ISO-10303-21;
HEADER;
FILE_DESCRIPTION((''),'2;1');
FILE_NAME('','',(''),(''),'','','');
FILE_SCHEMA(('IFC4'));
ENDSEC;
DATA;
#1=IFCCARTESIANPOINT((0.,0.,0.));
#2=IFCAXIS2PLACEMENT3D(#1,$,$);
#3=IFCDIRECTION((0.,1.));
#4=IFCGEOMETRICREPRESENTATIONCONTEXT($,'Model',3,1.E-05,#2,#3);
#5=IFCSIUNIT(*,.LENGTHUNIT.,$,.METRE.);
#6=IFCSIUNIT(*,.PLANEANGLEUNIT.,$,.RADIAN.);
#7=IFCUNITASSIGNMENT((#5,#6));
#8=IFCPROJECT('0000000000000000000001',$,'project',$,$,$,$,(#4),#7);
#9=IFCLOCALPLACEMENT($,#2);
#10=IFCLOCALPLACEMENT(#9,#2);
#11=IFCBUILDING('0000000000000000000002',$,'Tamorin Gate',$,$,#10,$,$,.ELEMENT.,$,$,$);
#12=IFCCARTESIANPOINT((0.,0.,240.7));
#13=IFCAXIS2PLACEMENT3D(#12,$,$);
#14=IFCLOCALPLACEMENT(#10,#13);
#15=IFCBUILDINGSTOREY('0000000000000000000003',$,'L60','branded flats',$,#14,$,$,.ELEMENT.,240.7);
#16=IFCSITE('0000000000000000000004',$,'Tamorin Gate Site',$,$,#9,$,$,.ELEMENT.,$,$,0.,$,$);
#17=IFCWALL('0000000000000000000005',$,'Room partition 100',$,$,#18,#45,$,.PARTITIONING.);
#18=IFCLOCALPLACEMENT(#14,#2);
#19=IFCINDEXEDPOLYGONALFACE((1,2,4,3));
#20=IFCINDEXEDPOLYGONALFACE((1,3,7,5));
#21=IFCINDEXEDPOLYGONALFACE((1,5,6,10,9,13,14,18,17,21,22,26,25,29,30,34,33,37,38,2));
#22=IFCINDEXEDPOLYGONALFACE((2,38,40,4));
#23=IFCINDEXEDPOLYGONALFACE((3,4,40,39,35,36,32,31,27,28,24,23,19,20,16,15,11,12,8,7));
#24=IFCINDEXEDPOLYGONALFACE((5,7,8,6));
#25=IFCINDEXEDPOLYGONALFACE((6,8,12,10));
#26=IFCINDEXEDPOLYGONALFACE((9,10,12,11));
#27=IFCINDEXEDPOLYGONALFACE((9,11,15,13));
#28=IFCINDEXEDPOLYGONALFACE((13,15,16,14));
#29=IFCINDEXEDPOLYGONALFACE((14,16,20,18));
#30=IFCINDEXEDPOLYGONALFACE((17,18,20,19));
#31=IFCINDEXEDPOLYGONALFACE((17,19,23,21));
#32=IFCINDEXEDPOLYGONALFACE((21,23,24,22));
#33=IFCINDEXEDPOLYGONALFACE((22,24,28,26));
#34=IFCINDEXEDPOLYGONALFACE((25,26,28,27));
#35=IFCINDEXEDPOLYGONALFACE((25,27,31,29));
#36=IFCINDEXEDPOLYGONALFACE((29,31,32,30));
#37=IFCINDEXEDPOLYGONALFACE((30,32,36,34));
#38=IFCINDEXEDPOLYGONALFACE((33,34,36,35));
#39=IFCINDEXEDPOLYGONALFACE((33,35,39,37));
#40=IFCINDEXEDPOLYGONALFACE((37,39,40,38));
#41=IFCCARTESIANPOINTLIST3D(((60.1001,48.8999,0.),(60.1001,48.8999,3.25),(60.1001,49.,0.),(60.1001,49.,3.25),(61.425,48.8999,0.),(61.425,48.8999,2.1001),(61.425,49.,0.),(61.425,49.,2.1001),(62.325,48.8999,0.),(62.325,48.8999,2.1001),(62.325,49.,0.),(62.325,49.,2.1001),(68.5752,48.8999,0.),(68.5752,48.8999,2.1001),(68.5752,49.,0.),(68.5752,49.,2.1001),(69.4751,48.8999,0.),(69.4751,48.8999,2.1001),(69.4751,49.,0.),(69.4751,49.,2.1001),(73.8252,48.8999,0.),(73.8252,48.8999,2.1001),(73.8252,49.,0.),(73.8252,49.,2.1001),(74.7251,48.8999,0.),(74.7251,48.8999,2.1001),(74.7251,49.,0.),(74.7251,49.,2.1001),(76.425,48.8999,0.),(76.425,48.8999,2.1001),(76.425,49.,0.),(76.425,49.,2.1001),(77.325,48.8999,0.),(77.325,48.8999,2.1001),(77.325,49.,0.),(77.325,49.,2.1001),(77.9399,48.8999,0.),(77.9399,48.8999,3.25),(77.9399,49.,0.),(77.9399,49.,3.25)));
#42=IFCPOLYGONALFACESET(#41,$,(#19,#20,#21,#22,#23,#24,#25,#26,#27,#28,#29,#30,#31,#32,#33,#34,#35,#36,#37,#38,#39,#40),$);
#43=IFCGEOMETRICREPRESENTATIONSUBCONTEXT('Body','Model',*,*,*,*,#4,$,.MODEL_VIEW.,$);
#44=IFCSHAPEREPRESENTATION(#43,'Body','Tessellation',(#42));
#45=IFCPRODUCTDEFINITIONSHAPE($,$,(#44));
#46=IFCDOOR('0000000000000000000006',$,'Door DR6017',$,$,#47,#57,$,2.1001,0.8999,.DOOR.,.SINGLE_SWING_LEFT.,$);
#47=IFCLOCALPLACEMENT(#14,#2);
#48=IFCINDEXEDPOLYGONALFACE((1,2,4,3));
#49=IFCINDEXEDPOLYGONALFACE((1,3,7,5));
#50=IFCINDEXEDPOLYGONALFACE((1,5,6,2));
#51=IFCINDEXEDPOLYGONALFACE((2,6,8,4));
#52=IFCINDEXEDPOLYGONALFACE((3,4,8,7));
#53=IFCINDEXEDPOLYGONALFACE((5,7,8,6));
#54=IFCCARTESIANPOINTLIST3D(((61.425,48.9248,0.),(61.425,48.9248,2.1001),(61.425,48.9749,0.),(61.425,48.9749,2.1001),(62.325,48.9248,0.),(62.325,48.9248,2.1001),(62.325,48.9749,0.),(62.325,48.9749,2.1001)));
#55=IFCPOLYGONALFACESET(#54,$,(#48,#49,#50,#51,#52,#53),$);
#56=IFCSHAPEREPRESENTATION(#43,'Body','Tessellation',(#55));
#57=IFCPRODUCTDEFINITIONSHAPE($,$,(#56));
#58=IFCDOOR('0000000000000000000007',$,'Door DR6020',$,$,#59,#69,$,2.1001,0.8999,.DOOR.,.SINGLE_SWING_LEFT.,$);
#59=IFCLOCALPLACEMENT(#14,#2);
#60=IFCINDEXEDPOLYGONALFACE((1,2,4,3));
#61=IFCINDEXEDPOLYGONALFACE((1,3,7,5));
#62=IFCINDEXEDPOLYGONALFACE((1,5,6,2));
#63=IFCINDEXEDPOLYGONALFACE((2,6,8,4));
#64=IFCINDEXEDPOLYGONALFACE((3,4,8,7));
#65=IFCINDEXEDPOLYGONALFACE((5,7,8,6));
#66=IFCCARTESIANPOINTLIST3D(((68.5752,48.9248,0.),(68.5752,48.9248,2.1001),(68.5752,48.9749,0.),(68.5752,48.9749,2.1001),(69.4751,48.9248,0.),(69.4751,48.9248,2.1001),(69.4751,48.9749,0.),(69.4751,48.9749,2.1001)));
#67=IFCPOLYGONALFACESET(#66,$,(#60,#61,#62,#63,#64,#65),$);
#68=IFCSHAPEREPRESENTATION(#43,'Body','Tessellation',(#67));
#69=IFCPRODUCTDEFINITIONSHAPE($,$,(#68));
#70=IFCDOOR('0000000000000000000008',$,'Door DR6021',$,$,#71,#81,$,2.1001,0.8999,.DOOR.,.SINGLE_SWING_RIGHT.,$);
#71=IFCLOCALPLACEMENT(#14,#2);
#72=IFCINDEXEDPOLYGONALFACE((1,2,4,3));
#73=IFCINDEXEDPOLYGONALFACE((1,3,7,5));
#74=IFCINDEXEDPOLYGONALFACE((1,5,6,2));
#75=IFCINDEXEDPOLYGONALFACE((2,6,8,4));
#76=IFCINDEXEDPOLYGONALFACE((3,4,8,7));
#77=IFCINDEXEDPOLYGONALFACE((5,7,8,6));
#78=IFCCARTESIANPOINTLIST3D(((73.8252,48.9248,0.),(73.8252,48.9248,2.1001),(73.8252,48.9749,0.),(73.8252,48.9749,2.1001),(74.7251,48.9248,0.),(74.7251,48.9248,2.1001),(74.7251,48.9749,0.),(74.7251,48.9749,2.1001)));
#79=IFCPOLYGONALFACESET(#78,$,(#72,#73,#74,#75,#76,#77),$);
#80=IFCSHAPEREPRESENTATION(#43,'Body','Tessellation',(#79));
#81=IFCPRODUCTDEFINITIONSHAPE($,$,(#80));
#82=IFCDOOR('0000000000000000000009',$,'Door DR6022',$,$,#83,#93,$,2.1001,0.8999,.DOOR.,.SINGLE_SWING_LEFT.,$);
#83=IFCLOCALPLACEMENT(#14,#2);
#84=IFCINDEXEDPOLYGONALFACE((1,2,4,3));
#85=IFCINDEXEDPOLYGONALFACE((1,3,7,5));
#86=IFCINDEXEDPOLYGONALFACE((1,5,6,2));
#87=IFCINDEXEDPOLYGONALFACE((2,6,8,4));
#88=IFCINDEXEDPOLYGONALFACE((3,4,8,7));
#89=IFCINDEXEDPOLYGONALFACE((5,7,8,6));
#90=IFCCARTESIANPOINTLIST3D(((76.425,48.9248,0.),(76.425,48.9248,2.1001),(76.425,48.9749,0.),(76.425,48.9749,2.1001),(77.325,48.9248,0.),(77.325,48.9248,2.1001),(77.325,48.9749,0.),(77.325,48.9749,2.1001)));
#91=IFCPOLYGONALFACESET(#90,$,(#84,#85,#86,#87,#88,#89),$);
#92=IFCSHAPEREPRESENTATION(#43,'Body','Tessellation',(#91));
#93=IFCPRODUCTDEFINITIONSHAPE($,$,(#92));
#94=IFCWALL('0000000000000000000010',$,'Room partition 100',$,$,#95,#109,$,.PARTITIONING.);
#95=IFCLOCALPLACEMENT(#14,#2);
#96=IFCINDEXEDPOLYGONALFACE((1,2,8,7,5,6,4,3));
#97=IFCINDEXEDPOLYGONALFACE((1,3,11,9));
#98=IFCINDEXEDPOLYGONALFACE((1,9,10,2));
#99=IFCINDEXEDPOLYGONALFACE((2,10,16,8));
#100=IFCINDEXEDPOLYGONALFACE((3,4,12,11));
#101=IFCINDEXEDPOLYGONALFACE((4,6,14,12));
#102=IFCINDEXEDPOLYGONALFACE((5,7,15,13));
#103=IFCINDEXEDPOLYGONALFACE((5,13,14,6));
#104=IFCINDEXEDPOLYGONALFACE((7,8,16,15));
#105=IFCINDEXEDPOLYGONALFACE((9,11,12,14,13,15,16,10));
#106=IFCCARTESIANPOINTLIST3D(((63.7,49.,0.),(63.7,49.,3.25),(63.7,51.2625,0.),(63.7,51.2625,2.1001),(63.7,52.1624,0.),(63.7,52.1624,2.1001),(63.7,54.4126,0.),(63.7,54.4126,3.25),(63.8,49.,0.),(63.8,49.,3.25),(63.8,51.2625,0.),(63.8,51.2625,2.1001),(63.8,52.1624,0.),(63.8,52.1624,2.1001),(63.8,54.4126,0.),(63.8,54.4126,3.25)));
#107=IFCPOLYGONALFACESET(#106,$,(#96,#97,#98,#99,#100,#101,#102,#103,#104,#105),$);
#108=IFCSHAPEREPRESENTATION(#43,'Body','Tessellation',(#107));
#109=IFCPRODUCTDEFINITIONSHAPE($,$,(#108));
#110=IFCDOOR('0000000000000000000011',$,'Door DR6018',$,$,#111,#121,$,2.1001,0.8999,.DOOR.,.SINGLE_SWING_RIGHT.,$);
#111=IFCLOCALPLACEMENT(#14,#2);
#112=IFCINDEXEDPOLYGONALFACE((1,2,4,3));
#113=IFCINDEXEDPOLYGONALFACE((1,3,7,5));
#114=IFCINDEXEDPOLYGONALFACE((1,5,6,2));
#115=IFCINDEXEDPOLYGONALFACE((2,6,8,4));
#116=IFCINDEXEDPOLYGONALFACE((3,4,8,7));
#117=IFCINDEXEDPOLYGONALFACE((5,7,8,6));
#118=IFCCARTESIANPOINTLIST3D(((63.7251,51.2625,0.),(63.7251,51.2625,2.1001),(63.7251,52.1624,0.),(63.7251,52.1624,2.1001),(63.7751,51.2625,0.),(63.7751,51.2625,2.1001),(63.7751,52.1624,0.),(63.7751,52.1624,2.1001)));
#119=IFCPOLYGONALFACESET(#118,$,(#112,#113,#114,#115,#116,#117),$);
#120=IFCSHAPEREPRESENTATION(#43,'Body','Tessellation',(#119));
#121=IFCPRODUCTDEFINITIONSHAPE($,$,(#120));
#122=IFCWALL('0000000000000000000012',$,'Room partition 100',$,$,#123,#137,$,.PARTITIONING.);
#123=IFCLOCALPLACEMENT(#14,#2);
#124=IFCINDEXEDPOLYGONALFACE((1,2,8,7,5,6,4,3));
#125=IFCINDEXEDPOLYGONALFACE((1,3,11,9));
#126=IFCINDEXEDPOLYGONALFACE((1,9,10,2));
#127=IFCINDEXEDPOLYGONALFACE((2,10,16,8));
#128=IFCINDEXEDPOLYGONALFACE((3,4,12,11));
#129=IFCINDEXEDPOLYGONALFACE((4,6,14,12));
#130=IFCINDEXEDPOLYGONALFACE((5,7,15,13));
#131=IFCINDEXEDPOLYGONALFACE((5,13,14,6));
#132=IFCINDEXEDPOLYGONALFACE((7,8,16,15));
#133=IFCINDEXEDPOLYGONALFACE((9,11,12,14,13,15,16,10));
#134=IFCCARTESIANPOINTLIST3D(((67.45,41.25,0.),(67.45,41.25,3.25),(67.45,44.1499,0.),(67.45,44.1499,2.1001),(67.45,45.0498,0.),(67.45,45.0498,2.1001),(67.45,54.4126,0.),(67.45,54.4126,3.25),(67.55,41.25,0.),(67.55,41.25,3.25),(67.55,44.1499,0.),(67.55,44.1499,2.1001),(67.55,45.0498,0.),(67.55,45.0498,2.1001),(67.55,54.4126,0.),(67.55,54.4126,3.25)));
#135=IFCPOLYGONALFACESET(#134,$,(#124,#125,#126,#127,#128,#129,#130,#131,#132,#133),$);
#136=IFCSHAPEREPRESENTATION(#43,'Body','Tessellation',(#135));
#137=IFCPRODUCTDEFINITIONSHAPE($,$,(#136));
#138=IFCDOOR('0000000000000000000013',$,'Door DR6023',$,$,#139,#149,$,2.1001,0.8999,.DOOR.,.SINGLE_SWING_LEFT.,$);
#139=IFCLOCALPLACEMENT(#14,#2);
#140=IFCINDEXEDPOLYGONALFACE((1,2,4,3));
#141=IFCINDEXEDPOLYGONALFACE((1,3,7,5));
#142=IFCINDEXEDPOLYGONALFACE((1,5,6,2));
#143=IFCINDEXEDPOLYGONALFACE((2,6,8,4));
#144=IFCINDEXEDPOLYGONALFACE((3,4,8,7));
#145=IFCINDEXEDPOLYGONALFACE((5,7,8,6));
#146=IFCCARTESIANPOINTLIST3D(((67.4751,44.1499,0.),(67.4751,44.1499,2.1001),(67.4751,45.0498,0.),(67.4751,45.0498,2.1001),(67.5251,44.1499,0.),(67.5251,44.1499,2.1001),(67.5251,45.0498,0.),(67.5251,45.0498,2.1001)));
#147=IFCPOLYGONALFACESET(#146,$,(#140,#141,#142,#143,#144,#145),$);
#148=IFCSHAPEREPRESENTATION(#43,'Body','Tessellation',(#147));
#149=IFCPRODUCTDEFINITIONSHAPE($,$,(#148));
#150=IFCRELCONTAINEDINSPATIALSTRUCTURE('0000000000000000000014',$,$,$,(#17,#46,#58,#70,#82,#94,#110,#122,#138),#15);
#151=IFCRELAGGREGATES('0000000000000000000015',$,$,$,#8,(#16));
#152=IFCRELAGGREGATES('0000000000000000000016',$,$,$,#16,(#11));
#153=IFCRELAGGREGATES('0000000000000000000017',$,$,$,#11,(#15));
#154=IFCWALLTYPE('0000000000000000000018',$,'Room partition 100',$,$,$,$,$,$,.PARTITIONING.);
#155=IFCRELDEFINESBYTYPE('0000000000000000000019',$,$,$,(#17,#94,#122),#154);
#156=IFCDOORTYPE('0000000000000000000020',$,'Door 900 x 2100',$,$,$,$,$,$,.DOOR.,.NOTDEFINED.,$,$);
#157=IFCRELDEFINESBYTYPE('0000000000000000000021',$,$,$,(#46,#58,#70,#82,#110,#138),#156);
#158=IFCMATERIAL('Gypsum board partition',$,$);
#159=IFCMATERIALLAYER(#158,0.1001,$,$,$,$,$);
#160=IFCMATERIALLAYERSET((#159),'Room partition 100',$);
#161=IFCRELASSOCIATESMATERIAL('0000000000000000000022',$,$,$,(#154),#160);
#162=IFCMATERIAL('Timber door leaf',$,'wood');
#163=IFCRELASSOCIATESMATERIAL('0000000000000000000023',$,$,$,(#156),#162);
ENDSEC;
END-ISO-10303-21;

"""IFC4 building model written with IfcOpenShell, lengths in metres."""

from ifc_helpers import new_model, si_unit, direction, frame, frame_2d, origin, place, context, subcontext, project, spatial, rectangle, extrude, material, layer, layer_set, type_object, element, fill, save


model = new_model("IFC4")

# Units and contexts
model_context = context("Model", 3, precision=1e-05, world=origin(), true_north=direction((0.0, 1.0)))
body_context = subcontext(model_context, "Body", "Model", "MODEL_VIEW")
ifc_project = project(units=[si_unit("LENGTHUNIT", "METRE"), si_unit("PLANEANGLEUNIT", "RADIAN")], contexts=[model_context])

# Site, building, storey
site_placement = place(None, origin())
site = spatial("IfcSite", under=ifc_project, at=site_placement, Name="Tamorin Gate Site", CompositionType="ELEMENT", RefElevation=0.0)
building_placement = place(site_placement, origin())
building = spatial("IfcBuilding", under=site, at=building_placement, Name="Tamorin Gate", CompositionType="ELEMENT")
storey_placement = place(building_placement, frame((0.0, 0.0, 240.7)))
storey = spatial("IfcBuildingStorey", under=building, at=storey_placement, Name="L60", Description="branded flats", CompositionType="ELEMENT", Elevation=240.7)

# Wall, openings, doors
ifc_material_1 = material(Name="Gypsum board partition")
ifc_layer_1 = layer(ifc_material_1, 0.1001)
ifc_layer_set_1 = layer_set([ifc_layer_1], Name="Room partition 100")
wall_type_1 = type_object("IfcWallType", Name="Room partition 100", PredefinedType="PARTITIONING", material=ifc_layer_set_1)
wall_1_placement = place(storey_placement, frame((60.1001, 48.95, 0.0), z_axis=(0.0, 0.0, 1.0), x_axis=(1.0, 0.0, 0.0)))
wall_1 = element("IfcWall", 1, at=wall_1_placement, inside=storey, type_object=wall_type_1, Name="Room partition 100", PredefinedType="PARTITIONING", context=body_context, shape_type="SweptSolid", body=[
    extrude(rectangle(XDim=17.8398, YDim=0.1001, at=frame_2d((8.9199, 0.0))), origin(), (0.0, 0.0, 1.0), 3.25),
])
opening_1_placement = place(wall_1_placement, frame((1.325, 0.0, 0.0)))
opening_1 = element("IfcOpeningElement", 2, at=opening_1_placement, cuts=wall_1, PredefinedType="OPENING", context=body_context, shape_type="SweptSolid", body=[
    extrude(rectangle(XDim=0.8999, YDim=2.1001, at=frame_2d((0.45, 1.05))), frame((0.0, 0.0601, 0.0), z_axis=(0.0, -1.0, 0.0), x_axis=(1.0, 0.0, 0.0)), (0.0, 0.0, 1.0), 0.1201),
])
opening_2_placement = place(wall_1_placement, frame((8.4751, 0.0, 0.0)))
opening_2 = element("IfcOpeningElement", 3, at=opening_2_placement, cuts=wall_1, PredefinedType="OPENING", context=body_context, shape_type="SweptSolid", body=[
    extrude(rectangle(XDim=0.8999, YDim=2.1001, at=frame_2d((0.45, 1.05))), frame((0.0, 0.0601, 0.0), z_axis=(0.0, -1.0, 0.0), x_axis=(1.0, 0.0, 0.0)), (0.0, 0.0, 1.0), 0.1201),
])
opening_3_placement = place(wall_1_placement, frame((13.7251, 0.0, 0.0)))
opening_3 = element("IfcOpeningElement", 4, at=opening_3_placement, cuts=wall_1, PredefinedType="OPENING", context=body_context, shape_type="SweptSolid", body=[
    extrude(rectangle(XDim=0.8999, YDim=2.1001, at=frame_2d((0.45, 1.05))), frame((0.0, 0.0601, 0.0), z_axis=(0.0, -1.0, 0.0), x_axis=(1.0, 0.0, 0.0)), (0.0, 0.0, 1.0), 0.1201),
])
opening_4_placement = place(wall_1_placement, frame((16.325, 0.0, 0.0)))
opening_4 = element("IfcOpeningElement", 5, at=opening_4_placement, cuts=wall_1, PredefinedType="OPENING", context=body_context, shape_type="SweptSolid", body=[
    extrude(rectangle(XDim=0.8999, YDim=2.1001, at=frame_2d((0.45, 1.05))), frame((0.0, 0.0601, 0.0), z_axis=(0.0, -1.0, 0.0), x_axis=(1.0, 0.0, 0.0)), (0.0, 0.0, 1.0), 0.1201),
])
ifc_material_2 = material(Name="Timber door leaf", Category="wood")
door_type = type_object("IfcDoorType", Name="Door 900 x 2100", OperationType="NOTDEFINED", PredefinedType="DOOR", material=ifc_material_2)
door_1_placement = place(opening_1_placement, origin())
door_1 = element("IfcDoor", 6, at=door_1_placement, inside=storey, type_object=door_type, Name="Door DR6017", OperationType="SINGLE_SWING_LEFT", OverallHeight=2.1001, OverallWidth=0.8999, PredefinedType="DOOR", context=body_context, shape_type="SweptSolid", body=[
    extrude(rectangle(XDim=0.8999, YDim=2.1001, at=frame_2d((0.45, 1.05))), frame((0.0, 0.0249, 0.0), z_axis=(0.0, -1.0, 0.0), x_axis=(1.0, 0.0, 0.0)), (0.0, 0.0, 1.0), 0.05),
])
fill(opening_1, door_1)
door_2_placement = place(opening_2_placement, origin())
door_2 = element("IfcDoor", 7, at=door_2_placement, inside=storey, type_object=door_type, Name="Door DR6020", OperationType="SINGLE_SWING_LEFT", OverallHeight=2.1001, OverallWidth=0.8999, PredefinedType="DOOR", context=body_context, shape_type="SweptSolid", body=[
    extrude(rectangle(XDim=0.8999, YDim=2.1001, at=frame_2d((0.45, 1.05))), frame((0.0, 0.0249, 0.0), z_axis=(0.0, -1.0, 0.0), x_axis=(1.0, 0.0, 0.0)), (0.0, 0.0, 1.0), 0.05),
])
fill(opening_2, door_2)
door_3_placement = place(opening_3_placement, origin())
door_3 = element("IfcDoor", 8, at=door_3_placement, inside=storey, type_object=door_type, Name="Door DR6021", OperationType="SINGLE_SWING_RIGHT", OverallHeight=2.1001, OverallWidth=0.8999, PredefinedType="DOOR", context=body_context, shape_type="SweptSolid", body=[
    extrude(rectangle(XDim=0.8999, YDim=2.1001, at=frame_2d((0.45, 1.05))), frame((0.0, 0.0249, 0.0), z_axis=(0.0, -1.0, 0.0), x_axis=(1.0, 0.0, 0.0)), (0.0, 0.0, 1.0), 0.05),
])
fill(opening_3, door_3)
door_4_placement = place(opening_4_placement, origin())
door_4 = element("IfcDoor", 9, at=door_4_placement, inside=storey, type_object=door_type, Name="Door DR6022", OperationType="SINGLE_SWING_LEFT", OverallHeight=2.1001, OverallWidth=0.8999, PredefinedType="DOOR", context=body_context, shape_type="SweptSolid", body=[
    extrude(rectangle(XDim=0.8999, YDim=2.1001, at=frame_2d((0.45, 1.05))), frame((0.0, 0.0249, 0.0), z_axis=(0.0, -1.0, 0.0), x_axis=(1.0, 0.0, 0.0)), (0.0, 0.0, 1.0), 0.05),
])
fill(opening_4, door_4)

# Walls, openings, doors
wall_2_placement = place(storey_placement, frame((63.75, 49.0, 0.0), z_axis=(0.0, 0.0, 1.0), x_axis=(0.0, 1.0, 0.0)))
wall_2 = element("IfcWall", 10, at=wall_2_placement, inside=storey, type_object=wall_type_1, Name="Room partition 100", PredefinedType="PARTITIONING", context=body_context, shape_type="SweptSolid", body=[
    extrude(rectangle(XDim=5.4126, YDim=0.1001, at=frame_2d((2.7063, 0.0))), origin(), (0.0, 0.0, 1.0), 3.25),
])
opening_5_placement = place(wall_2_placement, frame((2.2625, 0.0, 0.0)))
opening_5 = element("IfcOpeningElement", 11, at=opening_5_placement, cuts=wall_2, PredefinedType="OPENING", context=body_context, shape_type="SweptSolid", body=[
    extrude(rectangle(XDim=0.8999, YDim=2.1001, at=frame_2d((0.45, 1.05))), frame((0.0, 0.0601, 0.0), z_axis=(0.0, -1.0, 0.0), x_axis=(1.0, 0.0, 0.0)), (0.0, 0.0, 1.0), 0.1201),
])
door_5_placement = place(opening_5_placement, origin())
door_5 = element("IfcDoor", 12, at=door_5_placement, inside=storey, type_object=door_type, Name="Door DR6018", OperationType="SINGLE_SWING_RIGHT", OverallHeight=2.1001, OverallWidth=0.8999, PredefinedType="DOOR", context=body_context, shape_type="SweptSolid", body=[
    extrude(rectangle(XDim=0.8999, YDim=2.1001, at=frame_2d((0.45, 1.05))), frame((0.0, 0.0249, 0.0), z_axis=(0.0, -1.0, 0.0), x_axis=(1.0, 0.0, 0.0)), (0.0, 0.0, 1.0), 0.05),
])
fill(opening_5, door_5)
wall_3_placement = place(storey_placement, frame((67.5, 41.25, 0.0), z_axis=(0.0, 0.0, 1.0), x_axis=(0.0, 1.0, 0.0)))
wall_3 = element("IfcWall", 13, at=wall_3_placement, inside=storey, type_object=wall_type_1, Name="Room partition 100", PredefinedType="PARTITIONING", context=body_context, shape_type="SweptSolid", body=[
    extrude(rectangle(XDim=13.1626, YDim=0.1001, at=frame_2d((6.5813, 0.0))), origin(), (0.0, 0.0, 1.0), 3.25),
])
opening_6_placement = place(wall_3_placement, frame((2.8999, 0.0, 0.0)))
opening_6 = element("IfcOpeningElement", 14, at=opening_6_placement, cuts=wall_3, PredefinedType="OPENING", context=body_context, shape_type="SweptSolid", body=[
    extrude(rectangle(XDim=0.8999, YDim=2.1001, at=frame_2d((0.45, 1.05))), frame((0.0, 0.0601, 0.0), z_axis=(0.0, -1.0, 0.0), x_axis=(1.0, 0.0, 0.0)), (0.0, 0.0, 1.0), 0.1201),
])
door_6_placement = place(opening_6_placement, origin())
door_6 = element("IfcDoor", 15, at=door_6_placement, inside=storey, type_object=door_type, Name="Door DR6023", OperationType="SINGLE_SWING_LEFT", OverallHeight=2.1001, OverallWidth=0.8999, PredefinedType="DOOR", context=body_context, shape_type="SweptSolid", body=[
    extrude(rectangle(XDim=0.8999, YDim=2.1001, at=frame_2d((0.45, 1.05))), frame((0.0, 0.0249, 0.0), z_axis=(0.0, -1.0, 0.0), x_axis=(1.0, 0.0, 0.0)), (0.0, 0.0, 1.0), 0.05),
])
fill(opening_6, door_6)

save(model, "model.ifc")
